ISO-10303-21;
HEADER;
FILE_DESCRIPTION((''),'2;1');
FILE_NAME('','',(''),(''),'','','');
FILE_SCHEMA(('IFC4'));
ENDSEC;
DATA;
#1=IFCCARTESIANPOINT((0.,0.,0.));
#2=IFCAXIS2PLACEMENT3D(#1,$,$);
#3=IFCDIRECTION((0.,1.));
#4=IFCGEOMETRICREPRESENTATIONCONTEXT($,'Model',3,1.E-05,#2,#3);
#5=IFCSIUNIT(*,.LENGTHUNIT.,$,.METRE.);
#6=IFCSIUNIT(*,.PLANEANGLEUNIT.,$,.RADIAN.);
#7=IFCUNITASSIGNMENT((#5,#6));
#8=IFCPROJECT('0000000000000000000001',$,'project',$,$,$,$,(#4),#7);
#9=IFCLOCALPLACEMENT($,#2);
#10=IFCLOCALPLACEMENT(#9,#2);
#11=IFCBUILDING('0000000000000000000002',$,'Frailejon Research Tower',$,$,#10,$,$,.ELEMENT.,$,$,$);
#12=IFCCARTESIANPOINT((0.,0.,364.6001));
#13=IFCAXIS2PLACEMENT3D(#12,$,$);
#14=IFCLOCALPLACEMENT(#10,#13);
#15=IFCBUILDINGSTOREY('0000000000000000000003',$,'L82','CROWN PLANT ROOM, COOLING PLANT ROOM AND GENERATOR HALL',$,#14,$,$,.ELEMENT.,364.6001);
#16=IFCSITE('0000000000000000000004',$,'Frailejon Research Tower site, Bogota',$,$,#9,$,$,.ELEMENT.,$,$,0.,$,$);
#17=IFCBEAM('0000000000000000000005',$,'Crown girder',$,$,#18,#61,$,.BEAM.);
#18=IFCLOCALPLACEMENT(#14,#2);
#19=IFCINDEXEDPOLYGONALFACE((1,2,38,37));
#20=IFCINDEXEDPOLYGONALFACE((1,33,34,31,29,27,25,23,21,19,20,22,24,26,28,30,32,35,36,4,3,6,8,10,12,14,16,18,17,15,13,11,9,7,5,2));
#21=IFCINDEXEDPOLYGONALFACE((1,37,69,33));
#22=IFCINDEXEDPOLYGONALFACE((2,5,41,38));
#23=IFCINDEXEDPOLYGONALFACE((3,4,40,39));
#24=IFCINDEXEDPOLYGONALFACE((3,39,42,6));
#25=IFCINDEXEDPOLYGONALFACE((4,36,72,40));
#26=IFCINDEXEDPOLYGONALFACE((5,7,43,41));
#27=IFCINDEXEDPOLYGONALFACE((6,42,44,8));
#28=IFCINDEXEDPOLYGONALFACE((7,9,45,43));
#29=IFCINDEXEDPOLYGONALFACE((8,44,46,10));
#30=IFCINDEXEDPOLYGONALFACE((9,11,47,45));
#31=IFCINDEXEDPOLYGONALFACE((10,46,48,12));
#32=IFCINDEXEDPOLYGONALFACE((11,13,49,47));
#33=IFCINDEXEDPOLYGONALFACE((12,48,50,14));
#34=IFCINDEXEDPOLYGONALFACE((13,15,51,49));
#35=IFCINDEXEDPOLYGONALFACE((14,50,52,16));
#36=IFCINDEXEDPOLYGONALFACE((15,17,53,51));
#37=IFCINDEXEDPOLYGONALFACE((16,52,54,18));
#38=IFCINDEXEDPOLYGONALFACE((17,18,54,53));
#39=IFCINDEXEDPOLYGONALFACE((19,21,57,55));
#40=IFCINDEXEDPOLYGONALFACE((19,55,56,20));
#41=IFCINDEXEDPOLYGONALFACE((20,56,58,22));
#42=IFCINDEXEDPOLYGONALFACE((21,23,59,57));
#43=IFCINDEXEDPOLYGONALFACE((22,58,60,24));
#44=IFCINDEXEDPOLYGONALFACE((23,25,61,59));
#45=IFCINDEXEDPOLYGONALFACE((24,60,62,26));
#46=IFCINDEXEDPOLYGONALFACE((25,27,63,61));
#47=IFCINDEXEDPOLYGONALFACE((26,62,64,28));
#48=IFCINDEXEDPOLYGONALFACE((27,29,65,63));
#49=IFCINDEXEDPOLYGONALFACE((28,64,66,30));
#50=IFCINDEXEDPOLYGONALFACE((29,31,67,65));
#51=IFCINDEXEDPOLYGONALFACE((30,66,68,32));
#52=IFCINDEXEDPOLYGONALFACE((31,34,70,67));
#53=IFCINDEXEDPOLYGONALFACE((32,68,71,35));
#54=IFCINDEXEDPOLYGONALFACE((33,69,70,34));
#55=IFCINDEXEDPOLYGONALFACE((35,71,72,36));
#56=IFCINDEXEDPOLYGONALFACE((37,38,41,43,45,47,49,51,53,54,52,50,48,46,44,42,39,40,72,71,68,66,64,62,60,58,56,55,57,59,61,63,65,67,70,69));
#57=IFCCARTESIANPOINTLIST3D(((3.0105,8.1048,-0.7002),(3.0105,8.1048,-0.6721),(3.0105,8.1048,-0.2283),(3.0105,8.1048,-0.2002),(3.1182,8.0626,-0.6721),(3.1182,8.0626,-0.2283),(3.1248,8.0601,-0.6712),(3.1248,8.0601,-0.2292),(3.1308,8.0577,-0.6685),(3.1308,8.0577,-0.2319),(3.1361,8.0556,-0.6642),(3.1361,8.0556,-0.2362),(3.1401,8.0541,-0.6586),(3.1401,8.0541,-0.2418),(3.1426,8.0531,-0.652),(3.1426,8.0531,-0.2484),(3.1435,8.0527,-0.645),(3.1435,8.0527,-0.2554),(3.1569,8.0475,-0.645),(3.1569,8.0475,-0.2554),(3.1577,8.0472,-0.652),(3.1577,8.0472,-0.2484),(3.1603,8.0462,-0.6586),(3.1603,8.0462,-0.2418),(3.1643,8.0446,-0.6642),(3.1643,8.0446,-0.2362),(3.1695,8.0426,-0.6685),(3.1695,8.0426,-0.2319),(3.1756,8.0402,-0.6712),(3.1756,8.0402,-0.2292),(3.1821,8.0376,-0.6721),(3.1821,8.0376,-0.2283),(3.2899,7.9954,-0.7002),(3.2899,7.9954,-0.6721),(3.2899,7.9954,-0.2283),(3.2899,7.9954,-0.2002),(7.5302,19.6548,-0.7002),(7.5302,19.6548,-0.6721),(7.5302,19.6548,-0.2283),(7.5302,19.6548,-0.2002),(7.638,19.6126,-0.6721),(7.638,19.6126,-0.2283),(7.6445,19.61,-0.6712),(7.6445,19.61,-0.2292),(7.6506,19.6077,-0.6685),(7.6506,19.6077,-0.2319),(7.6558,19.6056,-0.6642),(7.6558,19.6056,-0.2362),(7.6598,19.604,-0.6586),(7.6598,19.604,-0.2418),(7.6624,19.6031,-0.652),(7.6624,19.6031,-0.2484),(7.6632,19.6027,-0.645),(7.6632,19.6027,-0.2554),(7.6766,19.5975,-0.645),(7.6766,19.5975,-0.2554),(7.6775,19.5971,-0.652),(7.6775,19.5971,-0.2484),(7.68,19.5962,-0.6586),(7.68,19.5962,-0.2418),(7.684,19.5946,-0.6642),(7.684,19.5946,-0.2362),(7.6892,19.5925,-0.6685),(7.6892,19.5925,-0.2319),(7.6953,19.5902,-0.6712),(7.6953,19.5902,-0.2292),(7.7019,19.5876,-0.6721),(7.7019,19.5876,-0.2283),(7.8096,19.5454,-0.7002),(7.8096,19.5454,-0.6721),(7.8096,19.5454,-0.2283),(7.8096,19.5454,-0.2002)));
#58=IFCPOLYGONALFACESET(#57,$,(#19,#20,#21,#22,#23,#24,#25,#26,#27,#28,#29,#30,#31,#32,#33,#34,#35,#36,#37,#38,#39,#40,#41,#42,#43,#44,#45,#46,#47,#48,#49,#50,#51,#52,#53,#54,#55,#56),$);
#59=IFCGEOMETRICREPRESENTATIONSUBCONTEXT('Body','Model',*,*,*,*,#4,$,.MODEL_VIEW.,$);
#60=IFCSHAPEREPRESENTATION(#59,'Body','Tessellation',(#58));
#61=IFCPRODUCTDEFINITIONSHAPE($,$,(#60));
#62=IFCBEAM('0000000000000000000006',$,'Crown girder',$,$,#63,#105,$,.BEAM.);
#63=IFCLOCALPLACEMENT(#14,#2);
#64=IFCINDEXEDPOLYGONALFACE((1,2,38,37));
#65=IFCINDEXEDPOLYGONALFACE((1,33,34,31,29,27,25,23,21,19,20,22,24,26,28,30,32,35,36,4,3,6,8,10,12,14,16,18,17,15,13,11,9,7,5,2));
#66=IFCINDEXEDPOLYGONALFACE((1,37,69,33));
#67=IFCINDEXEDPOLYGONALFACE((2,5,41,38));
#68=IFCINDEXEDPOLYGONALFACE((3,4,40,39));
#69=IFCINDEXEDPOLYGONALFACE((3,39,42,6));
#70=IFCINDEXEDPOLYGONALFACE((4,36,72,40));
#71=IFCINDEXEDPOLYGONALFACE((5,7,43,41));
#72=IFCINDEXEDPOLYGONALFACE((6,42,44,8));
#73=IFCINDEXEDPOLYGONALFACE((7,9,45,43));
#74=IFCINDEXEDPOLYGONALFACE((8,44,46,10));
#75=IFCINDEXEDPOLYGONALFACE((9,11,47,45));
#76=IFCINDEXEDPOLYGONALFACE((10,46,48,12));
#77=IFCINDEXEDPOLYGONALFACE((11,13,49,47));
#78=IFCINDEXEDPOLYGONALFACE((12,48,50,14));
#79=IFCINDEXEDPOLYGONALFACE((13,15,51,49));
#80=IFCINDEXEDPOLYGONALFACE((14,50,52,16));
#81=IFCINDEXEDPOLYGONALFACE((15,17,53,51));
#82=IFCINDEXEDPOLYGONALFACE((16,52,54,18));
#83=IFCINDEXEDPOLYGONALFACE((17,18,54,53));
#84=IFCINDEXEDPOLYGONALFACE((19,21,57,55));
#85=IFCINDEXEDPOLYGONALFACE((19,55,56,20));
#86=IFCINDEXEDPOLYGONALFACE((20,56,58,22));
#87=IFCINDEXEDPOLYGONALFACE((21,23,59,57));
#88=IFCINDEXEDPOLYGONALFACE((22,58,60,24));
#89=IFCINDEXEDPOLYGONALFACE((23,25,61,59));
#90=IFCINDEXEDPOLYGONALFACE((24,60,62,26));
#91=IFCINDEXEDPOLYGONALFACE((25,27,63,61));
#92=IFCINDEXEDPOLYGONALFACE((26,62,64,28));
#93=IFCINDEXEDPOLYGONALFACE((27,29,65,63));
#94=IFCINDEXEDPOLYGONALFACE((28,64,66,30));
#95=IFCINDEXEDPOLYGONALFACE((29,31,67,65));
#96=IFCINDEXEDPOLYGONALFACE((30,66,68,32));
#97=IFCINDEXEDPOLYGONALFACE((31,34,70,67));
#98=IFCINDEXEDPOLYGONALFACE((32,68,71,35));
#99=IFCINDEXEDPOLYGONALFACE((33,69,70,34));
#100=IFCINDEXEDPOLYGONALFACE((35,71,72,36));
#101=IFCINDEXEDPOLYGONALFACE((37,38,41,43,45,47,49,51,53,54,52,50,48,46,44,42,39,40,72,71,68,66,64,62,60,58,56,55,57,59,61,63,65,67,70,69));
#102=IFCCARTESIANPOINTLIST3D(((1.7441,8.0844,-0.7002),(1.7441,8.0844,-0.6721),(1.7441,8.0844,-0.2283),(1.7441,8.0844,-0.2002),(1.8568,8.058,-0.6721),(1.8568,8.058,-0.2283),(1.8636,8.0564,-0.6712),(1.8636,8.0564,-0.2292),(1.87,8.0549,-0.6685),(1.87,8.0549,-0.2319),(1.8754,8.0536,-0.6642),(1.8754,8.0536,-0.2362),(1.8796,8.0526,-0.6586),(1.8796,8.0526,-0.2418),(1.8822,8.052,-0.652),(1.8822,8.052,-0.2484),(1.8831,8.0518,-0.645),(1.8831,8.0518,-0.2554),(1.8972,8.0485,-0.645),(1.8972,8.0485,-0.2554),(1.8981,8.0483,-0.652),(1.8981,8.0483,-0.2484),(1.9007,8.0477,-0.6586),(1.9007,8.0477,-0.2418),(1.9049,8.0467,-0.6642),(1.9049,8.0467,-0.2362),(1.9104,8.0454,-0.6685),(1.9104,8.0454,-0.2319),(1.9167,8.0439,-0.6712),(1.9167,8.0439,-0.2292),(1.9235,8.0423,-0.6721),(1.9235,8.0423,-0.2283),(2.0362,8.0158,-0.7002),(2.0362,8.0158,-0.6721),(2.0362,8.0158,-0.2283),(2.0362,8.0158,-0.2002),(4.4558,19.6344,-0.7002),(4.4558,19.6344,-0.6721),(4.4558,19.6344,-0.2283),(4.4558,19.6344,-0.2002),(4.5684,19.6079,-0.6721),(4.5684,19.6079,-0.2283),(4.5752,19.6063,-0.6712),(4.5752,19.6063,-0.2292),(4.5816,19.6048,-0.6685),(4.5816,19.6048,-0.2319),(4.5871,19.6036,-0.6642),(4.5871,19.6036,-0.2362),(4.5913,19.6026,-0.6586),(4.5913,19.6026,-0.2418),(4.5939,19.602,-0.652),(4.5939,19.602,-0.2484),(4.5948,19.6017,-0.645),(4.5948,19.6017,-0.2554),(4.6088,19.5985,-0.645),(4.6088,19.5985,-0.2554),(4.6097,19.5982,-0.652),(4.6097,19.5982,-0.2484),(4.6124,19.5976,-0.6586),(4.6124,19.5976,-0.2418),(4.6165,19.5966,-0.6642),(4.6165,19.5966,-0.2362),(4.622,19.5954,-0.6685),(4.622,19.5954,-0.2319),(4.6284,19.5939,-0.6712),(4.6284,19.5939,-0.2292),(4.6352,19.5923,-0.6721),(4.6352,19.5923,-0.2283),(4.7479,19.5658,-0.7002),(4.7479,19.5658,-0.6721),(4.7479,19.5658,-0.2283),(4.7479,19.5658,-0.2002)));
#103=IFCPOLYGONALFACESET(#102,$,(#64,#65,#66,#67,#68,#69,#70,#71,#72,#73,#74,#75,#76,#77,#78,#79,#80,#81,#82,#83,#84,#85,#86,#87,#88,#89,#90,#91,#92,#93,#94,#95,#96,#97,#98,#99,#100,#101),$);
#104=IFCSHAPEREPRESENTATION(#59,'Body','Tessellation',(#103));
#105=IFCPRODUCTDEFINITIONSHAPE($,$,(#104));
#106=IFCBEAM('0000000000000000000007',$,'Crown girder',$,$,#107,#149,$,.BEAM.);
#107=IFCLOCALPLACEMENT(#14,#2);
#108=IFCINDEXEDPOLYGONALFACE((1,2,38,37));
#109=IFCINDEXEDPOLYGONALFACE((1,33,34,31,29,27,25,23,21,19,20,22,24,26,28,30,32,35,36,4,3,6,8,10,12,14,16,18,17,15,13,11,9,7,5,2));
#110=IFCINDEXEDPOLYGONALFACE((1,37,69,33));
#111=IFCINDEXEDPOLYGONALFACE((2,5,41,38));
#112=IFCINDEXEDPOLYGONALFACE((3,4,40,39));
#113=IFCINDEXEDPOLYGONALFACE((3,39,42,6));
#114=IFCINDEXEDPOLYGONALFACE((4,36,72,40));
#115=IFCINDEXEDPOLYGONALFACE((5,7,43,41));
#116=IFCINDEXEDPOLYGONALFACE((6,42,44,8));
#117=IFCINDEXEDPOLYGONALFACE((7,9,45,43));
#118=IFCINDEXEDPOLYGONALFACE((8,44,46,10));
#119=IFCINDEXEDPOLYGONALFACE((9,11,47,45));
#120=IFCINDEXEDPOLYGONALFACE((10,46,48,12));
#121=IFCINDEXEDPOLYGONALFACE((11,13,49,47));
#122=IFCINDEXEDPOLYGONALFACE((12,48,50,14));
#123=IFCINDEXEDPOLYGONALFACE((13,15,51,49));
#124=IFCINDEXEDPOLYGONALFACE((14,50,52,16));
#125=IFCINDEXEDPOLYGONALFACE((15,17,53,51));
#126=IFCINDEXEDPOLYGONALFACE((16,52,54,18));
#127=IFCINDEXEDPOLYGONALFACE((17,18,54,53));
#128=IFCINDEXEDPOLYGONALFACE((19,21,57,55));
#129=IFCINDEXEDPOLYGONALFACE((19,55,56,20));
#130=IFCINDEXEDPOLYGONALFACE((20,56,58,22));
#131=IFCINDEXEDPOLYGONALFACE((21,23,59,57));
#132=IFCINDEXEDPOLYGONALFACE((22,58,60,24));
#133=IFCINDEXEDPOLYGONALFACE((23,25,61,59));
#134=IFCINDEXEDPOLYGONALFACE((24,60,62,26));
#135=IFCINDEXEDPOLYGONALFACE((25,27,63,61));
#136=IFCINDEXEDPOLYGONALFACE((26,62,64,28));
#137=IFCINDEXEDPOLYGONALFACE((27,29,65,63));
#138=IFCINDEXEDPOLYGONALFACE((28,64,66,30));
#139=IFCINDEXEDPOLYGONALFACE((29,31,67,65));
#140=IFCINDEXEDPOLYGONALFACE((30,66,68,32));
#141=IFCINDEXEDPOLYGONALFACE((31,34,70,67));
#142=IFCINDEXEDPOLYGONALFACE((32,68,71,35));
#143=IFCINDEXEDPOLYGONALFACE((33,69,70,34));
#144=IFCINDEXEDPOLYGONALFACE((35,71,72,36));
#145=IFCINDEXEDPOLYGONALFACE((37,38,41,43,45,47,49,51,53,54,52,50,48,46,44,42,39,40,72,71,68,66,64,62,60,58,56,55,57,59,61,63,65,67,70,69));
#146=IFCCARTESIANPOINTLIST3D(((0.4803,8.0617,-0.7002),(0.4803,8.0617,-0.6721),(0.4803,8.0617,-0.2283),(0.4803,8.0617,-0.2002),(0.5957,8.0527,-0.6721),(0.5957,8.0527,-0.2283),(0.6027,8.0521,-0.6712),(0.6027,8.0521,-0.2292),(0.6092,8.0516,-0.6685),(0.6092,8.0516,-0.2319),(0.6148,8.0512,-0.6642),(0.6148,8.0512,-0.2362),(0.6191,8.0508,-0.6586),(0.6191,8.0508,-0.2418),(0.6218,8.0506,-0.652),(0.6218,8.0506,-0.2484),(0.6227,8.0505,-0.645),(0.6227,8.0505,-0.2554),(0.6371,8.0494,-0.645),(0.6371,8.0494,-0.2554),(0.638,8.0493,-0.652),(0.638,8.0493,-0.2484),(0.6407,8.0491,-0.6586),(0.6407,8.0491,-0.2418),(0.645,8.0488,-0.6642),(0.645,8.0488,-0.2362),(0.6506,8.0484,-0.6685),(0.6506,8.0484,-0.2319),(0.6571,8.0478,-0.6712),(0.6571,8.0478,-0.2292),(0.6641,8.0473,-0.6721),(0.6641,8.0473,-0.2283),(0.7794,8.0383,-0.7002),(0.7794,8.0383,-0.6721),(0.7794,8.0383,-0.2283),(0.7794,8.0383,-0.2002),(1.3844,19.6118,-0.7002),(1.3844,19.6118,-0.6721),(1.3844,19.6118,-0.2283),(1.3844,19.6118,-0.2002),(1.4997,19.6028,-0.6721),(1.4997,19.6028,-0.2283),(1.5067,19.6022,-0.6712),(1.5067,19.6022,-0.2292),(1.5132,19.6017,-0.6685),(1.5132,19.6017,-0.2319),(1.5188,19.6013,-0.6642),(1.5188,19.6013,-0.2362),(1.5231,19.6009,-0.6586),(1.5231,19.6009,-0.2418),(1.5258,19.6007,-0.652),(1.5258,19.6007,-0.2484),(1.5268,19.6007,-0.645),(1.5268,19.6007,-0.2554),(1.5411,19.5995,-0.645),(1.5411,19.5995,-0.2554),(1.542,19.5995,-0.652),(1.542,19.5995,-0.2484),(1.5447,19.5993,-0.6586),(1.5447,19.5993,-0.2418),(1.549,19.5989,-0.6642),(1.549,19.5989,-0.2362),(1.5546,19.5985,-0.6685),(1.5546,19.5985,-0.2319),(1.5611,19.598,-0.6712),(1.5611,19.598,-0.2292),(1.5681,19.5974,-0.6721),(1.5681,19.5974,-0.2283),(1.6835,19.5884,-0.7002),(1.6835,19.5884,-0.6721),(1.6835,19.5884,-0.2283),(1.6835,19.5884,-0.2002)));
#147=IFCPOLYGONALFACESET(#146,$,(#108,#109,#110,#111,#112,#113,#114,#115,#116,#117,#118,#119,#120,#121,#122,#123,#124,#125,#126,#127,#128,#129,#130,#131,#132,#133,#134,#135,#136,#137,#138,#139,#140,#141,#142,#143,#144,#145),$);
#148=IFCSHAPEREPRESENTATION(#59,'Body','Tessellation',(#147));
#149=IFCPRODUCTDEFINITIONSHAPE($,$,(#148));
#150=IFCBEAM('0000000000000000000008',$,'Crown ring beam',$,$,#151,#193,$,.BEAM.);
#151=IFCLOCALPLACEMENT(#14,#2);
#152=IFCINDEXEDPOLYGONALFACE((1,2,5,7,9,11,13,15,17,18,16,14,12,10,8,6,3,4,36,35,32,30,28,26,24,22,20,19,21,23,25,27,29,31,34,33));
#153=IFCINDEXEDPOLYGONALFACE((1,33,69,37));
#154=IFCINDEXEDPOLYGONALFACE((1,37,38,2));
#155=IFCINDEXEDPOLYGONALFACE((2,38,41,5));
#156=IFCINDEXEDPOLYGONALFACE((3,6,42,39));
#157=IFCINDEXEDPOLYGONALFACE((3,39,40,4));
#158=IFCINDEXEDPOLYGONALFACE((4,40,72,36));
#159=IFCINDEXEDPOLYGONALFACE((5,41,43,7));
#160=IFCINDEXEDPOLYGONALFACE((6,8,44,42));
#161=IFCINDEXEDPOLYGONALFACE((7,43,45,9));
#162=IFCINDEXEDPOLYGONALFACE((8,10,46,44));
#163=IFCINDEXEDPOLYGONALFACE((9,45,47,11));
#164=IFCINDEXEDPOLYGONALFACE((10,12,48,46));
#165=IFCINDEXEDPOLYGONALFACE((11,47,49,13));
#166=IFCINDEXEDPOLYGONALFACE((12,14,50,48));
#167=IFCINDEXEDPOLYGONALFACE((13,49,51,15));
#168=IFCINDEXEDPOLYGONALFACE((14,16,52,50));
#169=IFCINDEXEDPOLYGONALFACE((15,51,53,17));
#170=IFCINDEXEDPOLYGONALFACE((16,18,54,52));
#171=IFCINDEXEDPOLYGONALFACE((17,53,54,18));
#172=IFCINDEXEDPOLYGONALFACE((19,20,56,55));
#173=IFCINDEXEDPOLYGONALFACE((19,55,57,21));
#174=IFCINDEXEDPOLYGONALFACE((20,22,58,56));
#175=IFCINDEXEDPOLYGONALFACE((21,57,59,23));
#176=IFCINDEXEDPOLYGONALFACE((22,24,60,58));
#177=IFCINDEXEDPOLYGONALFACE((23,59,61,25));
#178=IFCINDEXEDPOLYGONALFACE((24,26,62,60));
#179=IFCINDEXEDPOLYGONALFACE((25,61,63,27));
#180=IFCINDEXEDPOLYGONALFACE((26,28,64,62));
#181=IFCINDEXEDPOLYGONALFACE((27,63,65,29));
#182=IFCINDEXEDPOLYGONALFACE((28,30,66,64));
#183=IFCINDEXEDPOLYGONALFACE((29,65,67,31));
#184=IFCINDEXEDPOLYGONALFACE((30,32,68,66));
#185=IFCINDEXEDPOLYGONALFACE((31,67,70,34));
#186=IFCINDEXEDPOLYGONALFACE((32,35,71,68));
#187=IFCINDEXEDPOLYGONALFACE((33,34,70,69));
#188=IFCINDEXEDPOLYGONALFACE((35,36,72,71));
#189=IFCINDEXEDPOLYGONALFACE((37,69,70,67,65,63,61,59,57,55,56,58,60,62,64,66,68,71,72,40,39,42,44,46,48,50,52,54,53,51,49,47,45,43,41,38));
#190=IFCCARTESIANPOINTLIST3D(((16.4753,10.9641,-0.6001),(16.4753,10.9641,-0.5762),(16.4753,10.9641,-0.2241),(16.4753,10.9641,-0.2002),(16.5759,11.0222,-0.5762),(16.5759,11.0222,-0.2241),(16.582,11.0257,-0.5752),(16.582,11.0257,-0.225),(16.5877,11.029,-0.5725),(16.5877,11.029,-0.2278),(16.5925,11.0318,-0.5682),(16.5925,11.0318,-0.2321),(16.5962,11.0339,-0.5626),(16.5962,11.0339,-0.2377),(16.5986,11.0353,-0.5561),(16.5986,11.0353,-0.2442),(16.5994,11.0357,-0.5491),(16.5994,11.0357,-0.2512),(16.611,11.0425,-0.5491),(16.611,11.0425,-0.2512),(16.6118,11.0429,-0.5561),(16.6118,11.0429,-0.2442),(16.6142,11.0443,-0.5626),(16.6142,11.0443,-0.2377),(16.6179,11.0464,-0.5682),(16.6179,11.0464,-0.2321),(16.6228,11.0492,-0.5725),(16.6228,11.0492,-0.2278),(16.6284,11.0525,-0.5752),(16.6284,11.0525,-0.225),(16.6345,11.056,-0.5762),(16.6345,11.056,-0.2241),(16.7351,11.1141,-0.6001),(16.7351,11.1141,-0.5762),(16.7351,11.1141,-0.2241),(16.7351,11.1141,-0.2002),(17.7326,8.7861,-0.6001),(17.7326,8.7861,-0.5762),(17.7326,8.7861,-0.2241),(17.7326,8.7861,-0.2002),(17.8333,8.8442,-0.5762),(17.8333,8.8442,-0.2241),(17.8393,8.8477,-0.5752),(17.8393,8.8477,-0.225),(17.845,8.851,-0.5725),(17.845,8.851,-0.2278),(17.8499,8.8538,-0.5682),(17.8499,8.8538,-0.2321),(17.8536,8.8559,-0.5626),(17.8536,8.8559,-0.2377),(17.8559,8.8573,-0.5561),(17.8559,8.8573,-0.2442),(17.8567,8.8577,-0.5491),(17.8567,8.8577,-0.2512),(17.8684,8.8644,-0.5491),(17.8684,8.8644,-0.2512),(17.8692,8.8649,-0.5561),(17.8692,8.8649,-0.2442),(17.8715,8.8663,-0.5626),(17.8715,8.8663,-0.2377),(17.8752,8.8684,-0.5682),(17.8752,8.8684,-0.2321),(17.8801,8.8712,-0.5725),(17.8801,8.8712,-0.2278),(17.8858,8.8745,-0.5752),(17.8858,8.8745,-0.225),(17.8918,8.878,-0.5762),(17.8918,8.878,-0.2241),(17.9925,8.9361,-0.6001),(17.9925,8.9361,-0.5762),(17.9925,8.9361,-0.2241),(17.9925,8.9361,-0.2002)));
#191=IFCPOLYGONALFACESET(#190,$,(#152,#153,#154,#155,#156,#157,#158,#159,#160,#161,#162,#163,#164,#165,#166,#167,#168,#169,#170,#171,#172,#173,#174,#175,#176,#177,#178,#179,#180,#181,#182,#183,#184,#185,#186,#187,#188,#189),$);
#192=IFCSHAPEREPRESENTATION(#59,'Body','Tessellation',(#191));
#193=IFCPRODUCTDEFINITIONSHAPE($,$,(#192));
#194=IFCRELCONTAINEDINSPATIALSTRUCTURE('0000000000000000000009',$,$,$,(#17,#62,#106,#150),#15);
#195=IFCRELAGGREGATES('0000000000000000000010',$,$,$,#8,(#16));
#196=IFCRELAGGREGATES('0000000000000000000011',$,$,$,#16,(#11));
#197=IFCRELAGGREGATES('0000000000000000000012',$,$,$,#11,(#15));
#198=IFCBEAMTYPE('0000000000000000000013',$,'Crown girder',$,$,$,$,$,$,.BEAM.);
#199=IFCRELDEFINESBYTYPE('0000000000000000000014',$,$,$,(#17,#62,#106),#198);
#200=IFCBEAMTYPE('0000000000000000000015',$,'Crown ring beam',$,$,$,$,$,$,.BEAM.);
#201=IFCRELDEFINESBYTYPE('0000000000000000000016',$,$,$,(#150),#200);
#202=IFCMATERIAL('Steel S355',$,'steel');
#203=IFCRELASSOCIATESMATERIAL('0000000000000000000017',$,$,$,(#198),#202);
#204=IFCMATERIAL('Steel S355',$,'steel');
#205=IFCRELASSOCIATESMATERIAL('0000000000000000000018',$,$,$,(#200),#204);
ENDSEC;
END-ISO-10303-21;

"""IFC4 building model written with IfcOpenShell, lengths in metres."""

from ifc_helpers import new_model, si_unit, direction, frame, origin, origin_2d, place, context, subcontext, project, spatial, i_section, extrude, material, material_profile, profile_set, type_object, element, save


model = new_model("IFC4")

# Units and contexts
model_context = context("Model", 3, precision=1e-05, world=origin(), true_north=direction((0.0, 1.0)))
body_context = subcontext(model_context, "Body", "Model", "MODEL_VIEW")
ifc_project = project(units=[si_unit("LENGTHUNIT", "METRE"), si_unit("PLANEANGLEUNIT", "RADIAN")], contexts=[model_context])

# Site, building, storey
site_placement = place(None, origin())
site = spatial("IfcSite", under=ifc_project, at=site_placement, Name="Frailejon Research Tower site, Bogota", CompositionType="ELEMENT", RefElevation=0.0)
building_placement = place(site_placement, origin())
building = spatial("IfcBuilding", under=site, at=building_placement, Name="Frailejon Research Tower", CompositionType="ELEMENT")
storey_placement = place(building_placement, frame((0.0, 0.0, 364.6001)))
storey = spatial("IfcBuildingStorey", under=building, at=storey_placement, Name="L82", Description="CROWN PLANT ROOM, COOLING PLANT ROOM AND GENERATOR HALL", CompositionType="ELEMENT", Elevation=364.6001)

# Beams
ifc_material_1 = material(Name="Steel S355", Category="steel")
ifc_material_profile_1 = material_profile(ifc_material_1, i_section(OverallWidth=0.3, OverallDepth=0.5, WebThickness=0.0144, FlangeThickness=0.0281, FilletRadius=0.0271, at=origin_2d()), Name="HE 500 B")
ifc_profile_set_1 = profile_set([ifc_material_profile_1], Name="Steel S355")
beam_type_1 = type_object("IfcBeamType", Name="Crown girder", PredefinedType="BEAM", material=ifc_profile_set_1)
beam_1_placement = place(storey_placement, frame((7.6699, 19.6001, -0.4502), z_axis=(-0.364413, -0.931238, 0.0), x_axis=(0.931238, -0.364413, 0.0)))
element("IfcBeam", 1, at=beam_1_placement, inside=storey, type_object=beam_type_1, Name="Crown girder", PredefinedType="BEAM", context=body_context, shape_type="SweptSolid", body=[
    extrude(i_section(OverallWidth=0.3, OverallDepth=0.5, WebThickness=0.0144, FlangeThickness=0.0281, FilletRadius=0.0271, at=origin_2d()), origin(), (0.0, 0.0, 1.0), 12.4028),
])
beam_2_placement = place(storey_placement, frame((4.6018, 19.6001, -0.4502), z_axis=(-0.228561, -0.97353, 0.0), x_axis=(0.97353, -0.228561, 0.0)))
element("IfcBeam", 2, at=beam_2_placement, inside=storey, type_object=beam_type_1, Name="Crown girder", PredefinedType="BEAM", context=body_context, shape_type="SweptSolid", body=[
    extrude(i_section(OverallWidth=0.3, OverallDepth=0.5, WebThickness=0.0144, FlangeThickness=0.0281, FilletRadius=0.0271, at=origin_2d()), origin(), (0.0, 0.0, 1.0), 11.864),
])
beam_3_placement = place(storey_placement, frame((1.5339, 19.6001, -0.4502), z_axis=(-0.078034, -0.996951, 0.0), x_axis=(0.996951, -0.078034, 0.0)))
element("IfcBeam", 3, at=beam_3_placement, inside=storey, type_object=beam_type_1, Name="Crown girder", PredefinedType="BEAM", context=body_context, shape_type="SweptSolid", body=[
    extrude(i_section(OverallWidth=0.3, OverallDepth=0.5, WebThickness=0.0144, FlangeThickness=0.0281, FilletRadius=0.0271, at=origin_2d()), origin(), (0.0, 0.0, 1.0), 11.5854),
])
ifc_material_2 = material(Name="Steel S355", Category="steel")
ifc_material_profile_2 = material_profile(ifc_material_2, i_section(OverallWidth=0.3, OverallDepth=0.3999, WebThickness=0.0134, FlangeThickness=0.0239, FilletRadius=0.0271, at=origin_2d()), Name="HE 400 B")
ifc_profile_set_2 = profile_set([ifc_material_profile_2], Name="Steel S355")
beam_type_2 = type_object("IfcBeamType", Name="Crown ring beam", PredefinedType="BEAM", material=ifc_profile_set_2)
for number, where, z_axis, x_axis, name in (
    (4, (17.8625, 8.8611, -0.4001), (-0.499961, 0.866048, 0.0), (-0.866048, -0.499961, 0.0), "Crown ring beam"),
):
    element("IfcBeam", number, at=place(storey_placement, frame(where, z_axis=z_axis, x_axis=x_axis)), inside=storey, type_object=beam_type_2, Name=name, PredefinedType="BEAM", context=body_context, shape_type="SweptSolid", body=[
        extrude(i_section(OverallWidth=0.3, OverallDepth=0.3999, WebThickness=0.0134, FlangeThickness=0.0239, FilletRadius=0.0271, at=origin_2d()), origin(), (0.0, 0.0, 1.0), 2.5149),
    ])

save(model, "model.ifc")
